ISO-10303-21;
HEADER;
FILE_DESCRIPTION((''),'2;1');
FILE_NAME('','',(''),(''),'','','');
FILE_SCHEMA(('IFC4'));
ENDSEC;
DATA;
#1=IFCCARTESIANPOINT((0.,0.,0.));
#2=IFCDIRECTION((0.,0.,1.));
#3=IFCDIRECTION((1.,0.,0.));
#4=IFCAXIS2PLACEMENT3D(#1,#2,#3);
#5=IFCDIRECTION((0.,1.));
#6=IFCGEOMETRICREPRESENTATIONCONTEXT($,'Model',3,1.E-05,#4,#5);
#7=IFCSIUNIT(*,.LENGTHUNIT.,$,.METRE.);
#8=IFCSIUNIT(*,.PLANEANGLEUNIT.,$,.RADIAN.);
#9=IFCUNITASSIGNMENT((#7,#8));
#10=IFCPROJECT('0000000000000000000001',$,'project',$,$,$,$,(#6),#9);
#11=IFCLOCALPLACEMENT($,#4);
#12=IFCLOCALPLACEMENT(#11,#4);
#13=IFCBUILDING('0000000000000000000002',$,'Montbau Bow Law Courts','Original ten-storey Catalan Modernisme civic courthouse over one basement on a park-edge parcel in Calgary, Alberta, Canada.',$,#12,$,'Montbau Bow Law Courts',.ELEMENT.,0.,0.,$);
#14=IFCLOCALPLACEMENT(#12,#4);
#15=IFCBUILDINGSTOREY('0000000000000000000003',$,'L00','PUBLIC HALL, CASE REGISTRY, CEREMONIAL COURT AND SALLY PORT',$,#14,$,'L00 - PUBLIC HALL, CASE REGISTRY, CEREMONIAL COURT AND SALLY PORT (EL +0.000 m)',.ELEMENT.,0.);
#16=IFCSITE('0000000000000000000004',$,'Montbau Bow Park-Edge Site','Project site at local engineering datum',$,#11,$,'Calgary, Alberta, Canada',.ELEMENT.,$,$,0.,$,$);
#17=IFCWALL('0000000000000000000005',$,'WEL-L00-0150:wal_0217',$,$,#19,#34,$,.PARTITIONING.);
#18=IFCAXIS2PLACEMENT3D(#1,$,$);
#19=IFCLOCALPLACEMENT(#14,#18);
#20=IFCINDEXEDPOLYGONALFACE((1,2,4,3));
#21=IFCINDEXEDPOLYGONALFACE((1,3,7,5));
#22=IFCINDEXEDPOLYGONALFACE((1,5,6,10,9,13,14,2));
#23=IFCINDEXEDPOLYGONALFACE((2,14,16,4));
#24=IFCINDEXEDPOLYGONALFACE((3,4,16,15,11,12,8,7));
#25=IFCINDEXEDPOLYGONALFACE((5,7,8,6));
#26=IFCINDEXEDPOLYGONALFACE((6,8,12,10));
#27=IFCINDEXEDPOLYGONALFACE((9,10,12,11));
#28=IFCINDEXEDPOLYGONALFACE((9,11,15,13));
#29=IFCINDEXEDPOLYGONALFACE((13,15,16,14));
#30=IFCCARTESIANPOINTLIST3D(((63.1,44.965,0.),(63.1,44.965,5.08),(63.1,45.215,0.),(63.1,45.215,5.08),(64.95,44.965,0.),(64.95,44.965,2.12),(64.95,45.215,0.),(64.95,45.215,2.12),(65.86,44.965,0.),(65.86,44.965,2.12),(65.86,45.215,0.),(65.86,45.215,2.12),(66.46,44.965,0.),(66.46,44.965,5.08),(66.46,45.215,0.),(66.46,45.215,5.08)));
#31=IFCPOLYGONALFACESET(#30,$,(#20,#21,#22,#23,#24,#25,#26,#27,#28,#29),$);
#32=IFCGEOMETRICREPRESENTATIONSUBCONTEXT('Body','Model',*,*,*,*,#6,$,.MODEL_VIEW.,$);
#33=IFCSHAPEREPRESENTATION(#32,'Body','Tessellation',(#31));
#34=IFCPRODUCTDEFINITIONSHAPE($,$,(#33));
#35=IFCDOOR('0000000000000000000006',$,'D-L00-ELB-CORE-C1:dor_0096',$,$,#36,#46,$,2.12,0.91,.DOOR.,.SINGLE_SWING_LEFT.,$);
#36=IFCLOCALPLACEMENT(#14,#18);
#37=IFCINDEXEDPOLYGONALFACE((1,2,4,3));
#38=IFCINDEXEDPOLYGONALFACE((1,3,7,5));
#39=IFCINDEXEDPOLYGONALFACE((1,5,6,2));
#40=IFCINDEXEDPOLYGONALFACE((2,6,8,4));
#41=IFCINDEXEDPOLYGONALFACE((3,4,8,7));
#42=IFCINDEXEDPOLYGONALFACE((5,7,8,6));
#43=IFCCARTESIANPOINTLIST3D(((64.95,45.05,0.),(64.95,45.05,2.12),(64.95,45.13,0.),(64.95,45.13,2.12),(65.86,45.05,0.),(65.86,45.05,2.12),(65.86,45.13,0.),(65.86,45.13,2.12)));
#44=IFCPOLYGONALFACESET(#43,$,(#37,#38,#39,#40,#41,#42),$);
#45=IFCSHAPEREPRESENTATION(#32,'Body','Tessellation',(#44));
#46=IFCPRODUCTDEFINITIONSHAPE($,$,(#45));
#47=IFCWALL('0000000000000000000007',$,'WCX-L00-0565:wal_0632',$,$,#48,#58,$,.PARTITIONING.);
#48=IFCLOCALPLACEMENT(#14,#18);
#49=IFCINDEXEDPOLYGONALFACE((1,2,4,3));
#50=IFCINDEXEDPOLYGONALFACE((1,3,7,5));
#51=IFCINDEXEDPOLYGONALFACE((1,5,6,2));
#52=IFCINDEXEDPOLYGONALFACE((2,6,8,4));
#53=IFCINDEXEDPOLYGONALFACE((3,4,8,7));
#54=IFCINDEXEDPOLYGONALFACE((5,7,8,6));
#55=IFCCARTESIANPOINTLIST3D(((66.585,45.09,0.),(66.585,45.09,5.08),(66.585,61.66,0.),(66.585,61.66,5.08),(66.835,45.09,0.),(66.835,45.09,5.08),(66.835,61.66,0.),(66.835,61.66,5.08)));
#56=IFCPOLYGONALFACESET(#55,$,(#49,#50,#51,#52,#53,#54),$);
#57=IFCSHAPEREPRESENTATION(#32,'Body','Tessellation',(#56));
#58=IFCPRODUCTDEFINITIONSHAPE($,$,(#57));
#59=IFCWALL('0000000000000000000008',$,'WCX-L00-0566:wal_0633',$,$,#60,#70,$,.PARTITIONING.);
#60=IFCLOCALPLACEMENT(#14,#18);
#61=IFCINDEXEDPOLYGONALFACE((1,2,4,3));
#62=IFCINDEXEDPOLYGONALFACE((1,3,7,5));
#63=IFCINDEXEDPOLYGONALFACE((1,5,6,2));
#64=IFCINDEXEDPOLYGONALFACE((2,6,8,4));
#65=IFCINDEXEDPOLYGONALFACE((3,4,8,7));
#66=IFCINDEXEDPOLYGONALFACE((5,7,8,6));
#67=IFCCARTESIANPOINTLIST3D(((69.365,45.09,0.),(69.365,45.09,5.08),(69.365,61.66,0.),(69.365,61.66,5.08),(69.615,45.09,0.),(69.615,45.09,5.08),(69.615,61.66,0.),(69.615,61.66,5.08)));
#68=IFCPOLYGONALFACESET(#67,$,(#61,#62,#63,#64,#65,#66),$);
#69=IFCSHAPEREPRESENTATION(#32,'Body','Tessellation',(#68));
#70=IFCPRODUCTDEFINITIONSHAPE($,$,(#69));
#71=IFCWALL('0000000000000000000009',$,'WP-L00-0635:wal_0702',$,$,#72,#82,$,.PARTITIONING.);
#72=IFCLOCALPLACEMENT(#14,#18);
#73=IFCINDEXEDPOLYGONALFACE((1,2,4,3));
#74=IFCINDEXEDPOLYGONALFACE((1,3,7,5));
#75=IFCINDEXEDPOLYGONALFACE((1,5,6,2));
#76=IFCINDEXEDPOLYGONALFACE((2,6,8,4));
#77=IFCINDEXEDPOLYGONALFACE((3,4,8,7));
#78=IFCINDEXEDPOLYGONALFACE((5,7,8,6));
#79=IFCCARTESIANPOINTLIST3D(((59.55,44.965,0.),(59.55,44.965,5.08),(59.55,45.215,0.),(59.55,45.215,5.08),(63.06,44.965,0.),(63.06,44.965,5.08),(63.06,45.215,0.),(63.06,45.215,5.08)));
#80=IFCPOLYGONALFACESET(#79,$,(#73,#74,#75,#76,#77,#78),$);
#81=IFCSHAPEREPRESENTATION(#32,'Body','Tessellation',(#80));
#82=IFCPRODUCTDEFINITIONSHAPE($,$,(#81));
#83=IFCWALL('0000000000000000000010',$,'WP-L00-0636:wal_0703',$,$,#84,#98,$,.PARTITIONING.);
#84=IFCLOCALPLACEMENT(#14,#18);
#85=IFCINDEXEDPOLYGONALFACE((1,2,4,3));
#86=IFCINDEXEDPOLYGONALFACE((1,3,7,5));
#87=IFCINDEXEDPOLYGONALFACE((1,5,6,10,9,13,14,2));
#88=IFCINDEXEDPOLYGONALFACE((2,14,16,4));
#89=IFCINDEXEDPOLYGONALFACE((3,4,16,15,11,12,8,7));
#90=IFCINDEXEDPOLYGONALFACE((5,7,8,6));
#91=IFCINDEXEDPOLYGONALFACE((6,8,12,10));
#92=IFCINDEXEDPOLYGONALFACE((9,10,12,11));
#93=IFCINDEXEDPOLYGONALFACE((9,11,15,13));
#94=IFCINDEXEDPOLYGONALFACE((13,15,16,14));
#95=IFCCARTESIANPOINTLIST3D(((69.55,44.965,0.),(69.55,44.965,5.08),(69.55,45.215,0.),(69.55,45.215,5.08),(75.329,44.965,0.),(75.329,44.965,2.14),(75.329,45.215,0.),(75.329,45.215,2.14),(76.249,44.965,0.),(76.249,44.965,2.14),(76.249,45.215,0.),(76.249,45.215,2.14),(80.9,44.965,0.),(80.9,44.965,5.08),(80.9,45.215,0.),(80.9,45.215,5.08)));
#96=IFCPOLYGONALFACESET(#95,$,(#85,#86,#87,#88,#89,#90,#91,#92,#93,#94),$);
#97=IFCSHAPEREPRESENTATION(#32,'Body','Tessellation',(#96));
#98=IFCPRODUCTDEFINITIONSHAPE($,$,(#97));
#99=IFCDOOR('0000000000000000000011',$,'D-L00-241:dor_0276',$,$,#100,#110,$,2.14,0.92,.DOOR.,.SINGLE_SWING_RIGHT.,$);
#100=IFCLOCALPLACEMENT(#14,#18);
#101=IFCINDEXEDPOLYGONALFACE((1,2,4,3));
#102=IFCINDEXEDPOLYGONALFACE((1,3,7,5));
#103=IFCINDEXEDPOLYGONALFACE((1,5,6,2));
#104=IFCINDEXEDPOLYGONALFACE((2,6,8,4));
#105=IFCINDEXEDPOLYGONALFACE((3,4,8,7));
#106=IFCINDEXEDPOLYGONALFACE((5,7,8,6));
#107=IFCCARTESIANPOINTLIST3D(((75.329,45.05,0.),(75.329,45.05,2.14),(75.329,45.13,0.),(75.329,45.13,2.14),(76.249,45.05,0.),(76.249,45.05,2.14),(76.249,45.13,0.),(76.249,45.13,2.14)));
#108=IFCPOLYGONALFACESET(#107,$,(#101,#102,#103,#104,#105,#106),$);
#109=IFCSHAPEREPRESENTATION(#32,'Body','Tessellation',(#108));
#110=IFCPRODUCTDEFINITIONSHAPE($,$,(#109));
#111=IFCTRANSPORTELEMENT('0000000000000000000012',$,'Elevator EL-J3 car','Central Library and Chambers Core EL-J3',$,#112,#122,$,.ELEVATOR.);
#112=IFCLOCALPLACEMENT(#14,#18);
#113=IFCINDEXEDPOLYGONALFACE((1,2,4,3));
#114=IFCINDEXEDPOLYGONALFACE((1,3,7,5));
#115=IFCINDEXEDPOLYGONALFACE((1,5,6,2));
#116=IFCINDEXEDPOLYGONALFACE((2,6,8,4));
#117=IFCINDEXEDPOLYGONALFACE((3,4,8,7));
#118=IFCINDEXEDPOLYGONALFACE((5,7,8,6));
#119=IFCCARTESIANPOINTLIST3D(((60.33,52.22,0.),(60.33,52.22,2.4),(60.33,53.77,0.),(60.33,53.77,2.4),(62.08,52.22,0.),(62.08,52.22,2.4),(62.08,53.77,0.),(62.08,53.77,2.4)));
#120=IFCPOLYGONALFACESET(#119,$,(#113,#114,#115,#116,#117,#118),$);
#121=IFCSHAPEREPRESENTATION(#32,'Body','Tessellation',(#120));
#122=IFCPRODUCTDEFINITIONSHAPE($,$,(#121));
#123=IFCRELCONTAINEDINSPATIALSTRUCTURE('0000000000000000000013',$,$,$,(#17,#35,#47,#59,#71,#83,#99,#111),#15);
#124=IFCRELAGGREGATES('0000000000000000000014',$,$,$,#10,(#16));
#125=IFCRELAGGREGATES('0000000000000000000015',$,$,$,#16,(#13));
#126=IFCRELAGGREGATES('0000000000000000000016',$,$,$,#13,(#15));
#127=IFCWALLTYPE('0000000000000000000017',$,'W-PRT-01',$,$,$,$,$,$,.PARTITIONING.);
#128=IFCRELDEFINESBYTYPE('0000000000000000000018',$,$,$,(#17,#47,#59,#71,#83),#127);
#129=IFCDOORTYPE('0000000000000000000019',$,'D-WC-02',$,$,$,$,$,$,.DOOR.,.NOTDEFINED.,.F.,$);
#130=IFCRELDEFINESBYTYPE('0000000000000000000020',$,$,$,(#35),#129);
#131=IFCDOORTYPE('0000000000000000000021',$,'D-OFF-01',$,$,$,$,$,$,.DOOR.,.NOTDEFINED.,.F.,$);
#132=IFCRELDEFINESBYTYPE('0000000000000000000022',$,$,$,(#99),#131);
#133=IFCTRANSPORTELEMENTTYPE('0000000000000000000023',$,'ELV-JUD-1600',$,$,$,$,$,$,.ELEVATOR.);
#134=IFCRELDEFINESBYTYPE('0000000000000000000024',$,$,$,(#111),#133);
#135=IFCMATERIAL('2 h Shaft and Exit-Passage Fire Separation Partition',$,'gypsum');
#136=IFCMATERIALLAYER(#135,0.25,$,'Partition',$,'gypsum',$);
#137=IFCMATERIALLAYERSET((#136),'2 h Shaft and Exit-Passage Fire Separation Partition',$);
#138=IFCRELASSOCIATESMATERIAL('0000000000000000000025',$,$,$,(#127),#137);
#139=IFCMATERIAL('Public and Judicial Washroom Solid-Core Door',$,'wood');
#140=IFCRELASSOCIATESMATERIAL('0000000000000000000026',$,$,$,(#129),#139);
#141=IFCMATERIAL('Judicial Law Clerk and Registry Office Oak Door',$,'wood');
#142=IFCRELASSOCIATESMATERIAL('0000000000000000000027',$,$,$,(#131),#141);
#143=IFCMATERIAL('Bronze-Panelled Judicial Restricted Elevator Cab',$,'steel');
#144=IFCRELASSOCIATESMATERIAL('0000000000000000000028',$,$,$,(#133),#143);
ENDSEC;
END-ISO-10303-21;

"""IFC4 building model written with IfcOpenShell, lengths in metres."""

from ifc_helpers import new_model, si_unit, direction, frame, frame_2d, origin_with_axes, origin_2d_with_axis, place, context, subcontext, project, spatial, rectangle, extrude, material, layer, layer_set, type_object, element, fill, save


model = new_model("IFC4")

# Units and contexts
model_context = context("Model", 3, precision=1e-05, world=origin_with_axes(), true_north=direction((0.0, 1.0)))
body_context = subcontext(model_context, "Body", "Model", "MODEL_VIEW")
ifc_project = project(units=[si_unit("LENGTHUNIT", "METRE"), si_unit("PLANEANGLEUNIT", "RADIAN")], contexts=[model_context])

# Site, building, storey
site_placement = place(None, origin_with_axes())
site = spatial("IfcSite", under=ifc_project, at=site_placement, Name="Montbau Bow Park-Edge Site", Description="Project site at local engineering datum", LongName="Calgary, Alberta, Canada", CompositionType="ELEMENT", RefElevation=0.0)
building_placement = place(site_placement, origin_with_axes())
building = spatial("IfcBuilding", under=site, at=building_placement, Name="Montbau Bow Law Courts", Description="Original ten-storey Catalan Modernisme civic courthouse over one basement on a park-edge parcel in Calgary, Alberta, Canada.", LongName="Montbau Bow Law Courts", CompositionType="ELEMENT", ElevationOfRefHeight=0.0, ElevationOfTerrain=0.0)
storey_placement = place(building_placement, origin_with_axes())
storey = spatial("IfcBuildingStorey", under=building, at=storey_placement, Name="L00", Description="PUBLIC HALL, CASE REGISTRY, CEREMONIAL COURT AND SALLY PORT", LongName="L00 - PUBLIC HALL, CASE REGISTRY, CEREMONIAL COURT AND SALLY PORT (EL +0.000 m)", CompositionType="ELEMENT", Elevation=0.0)

# Shared definitions
ifc_material_1 = material(Name="2 h Shaft and Exit-Passage Fire Separation Partition", Category="gypsum")
ifc_layer_1 = layer(ifc_material_1, 0.25, Name="Partition", Category="gypsum")
ifc_layer_set_1 = layer_set([ifc_layer_1], Name="2 h Shaft and Exit-Passage Fire Separation Partition")
wall_type_1 = type_object("IfcWallType", Name="W-PRT-01", PredefinedType="PARTITIONING", material=ifc_layer_set_1)

# Wall, opening, door
wall_1_placement = place(None, frame((63.1, 45.09, 0.0), z_axis=(0.0, 0.0, 1.0), x_axis=(1.0, 0.0, 0.0)))
wall_1 = element("IfcWall", 1, at=wall_1_placement, inside=storey, type_object=wall_type_1, Name="WEL-L00-0150:wal_0217", PredefinedType="PARTITIONING", context=body_context, shape_type="SweptSolid", body=[
    extrude(rectangle(XDim=3.36, YDim=0.25, at=frame_2d((1.68, 0.0), x_axis=(1.0, 0.0))), origin_with_axes(), (0.0, 0.0, 1.0), 5.08),
])
opening_1_placement = place(None, frame((65.405, 45.09, 0.0), z_axis=(0.0, 0.0, 1.0), x_axis=(1.0, 0.0, 0.0)))
opening_1 = element("IfcOpeningElement", 2, at=opening_1_placement, cuts=wall_1, PredefinedType="OPENING", context=body_context, shape_type="SweptSolid", body=[
    extrude(rectangle(XDim=0.91, YDim=2.12, at=frame_2d((0.0, 1.06), x_axis=(1.0, 0.0))), frame((0.0, 0.135, 0.0), z_axis=(0.0, -1.0, 0.0), x_axis=(1.0, 0.0, 0.0)), (0.0, 0.0, 1.0), 0.27),
])
ifc_material_2 = material(Name="Public and Judicial Washroom Solid-Core Door", Category="wood")
door_type_1 = type_object("IfcDoorType", Name="D-WC-02", OperationType="NOTDEFINED", ParameterTakesPrecedence=False, PredefinedType="DOOR", material=ifc_material_2)
door_1_placement = place(None, frame((65.405, 45.09, 0.0), z_axis=(0.0, 0.0, 1.0), x_axis=(1.0, 0.0, 0.0)))
door_1 = element("IfcDoor", 3, at=door_1_placement, inside=storey, type_object=door_type_1, Name="D-L00-ELB-CORE-C1:dor_0096", OperationType="SINGLE_SWING_LEFT", OverallHeight=2.12, OverallWidth=0.91, PredefinedType="DOOR", context=body_context, shape_type="SweptSolid", body=[
    extrude(rectangle(XDim=0.91, YDim=2.12, at=frame_2d((0.0, 1.06), x_axis=(1.0, 0.0))), frame((0.0, 0.04, 0.0), z_axis=(0.0, -1.0, 0.0), x_axis=(1.0, 0.0, 0.0)), (0.0, 0.0, 1.0), 0.08),
])
fill(opening_1, door_1)

# Walls
for number, where, z_axis, x_axis, name in (
    (4, (66.71, 45.09, 0.0), (0.0, 0.0, 1.0), (0.0, 1.0, 0.0), "WCX-L00-0565:wal_0632"),
    (5, (69.49, 45.09, 0.0), (0.0, 0.0, 1.0), (0.0, 1.0, 0.0), "WCX-L00-0566:wal_0633"),
):
    element("IfcWall", number, at=place(None, frame(where, z_axis=z_axis, x_axis=x_axis)), inside=storey, type_object=wall_type_1, Name=name, PredefinedType="PARTITIONING", context=body_context, shape_type="SweptSolid", body=[
        extrude(rectangle(XDim=16.57, YDim=0.25, at=frame_2d((8.285, 0.0), x_axis=(1.0, 0.0))), origin_with_axes(), (0.0, 0.0, 1.0), 5.08),
    ])
wall_2_placement = place(None, frame((59.55, 45.09, 0.0), z_axis=(0.0, 0.0, 1.0), x_axis=(1.0, 0.0, 0.0)))
element("IfcWall", 6, at=wall_2_placement, inside=storey, type_object=wall_type_1, Name="WP-L00-0635:wal_0702", PredefinedType="PARTITIONING", context=body_context, shape_type="SweptSolid", body=[
    extrude(rectangle(XDim=3.51, YDim=0.25, at=frame_2d((1.755, 0.0), x_axis=(1.0, 0.0))), origin_with_axes(), (0.0, 0.0, 1.0), 5.08),
])

# Wall, opening, door
wall_3_placement = place(None, frame((69.55, 45.09, 0.0), z_axis=(0.0, 0.0, 1.0), x_axis=(1.0, 0.0, 0.0)))
wall_3 = element("IfcWall", 7, at=wall_3_placement, inside=storey, type_object=wall_type_1, Name="WP-L00-0636:wal_0703", PredefinedType="PARTITIONING", context=body_context, shape_type="SweptSolid", body=[
    extrude(rectangle(XDim=11.35, YDim=0.25, at=frame_2d((5.675, 0.0), x_axis=(1.0, 0.0))), origin_with_axes(), (0.0, 0.0, 1.0), 5.08),
])
opening_2_placement = place(None, frame((75.789, 45.09, 0.0), z_axis=(0.0, 0.0, 1.0), x_axis=(1.0, 0.0, 0.0)))
opening_2 = element("IfcOpeningElement", 8, at=opening_2_placement, cuts=wall_3, PredefinedType="OPENING", context=body_context, shape_type="SweptSolid", body=[
    extrude(rectangle(XDim=0.92, YDim=2.14, at=frame_2d((0.0, 1.07), x_axis=(1.0, 0.0))), frame((0.0, 0.135, 0.0), z_axis=(0.0, -1.0, 0.0), x_axis=(1.0, 0.0, 0.0)), (0.0, 0.0, 1.0), 0.27),
])
ifc_material_3 = material(Name="Judicial Law Clerk and Registry Office Oak Door", Category="wood")
door_type_2 = type_object("IfcDoorType", Name="D-OFF-01", OperationType="NOTDEFINED", ParameterTakesPrecedence=False, PredefinedType="DOOR", material=ifc_material_3)
door_2_placement = place(None, frame((75.789, 45.09, 0.0), z_axis=(0.0, 0.0, 1.0), x_axis=(-1.0, 0.0, 0.0)))
door_2 = element("IfcDoor", 9, at=door_2_placement, inside=storey, type_object=door_type_2, Name="D-L00-241:dor_0276", OperationType="SINGLE_SWING_RIGHT", OverallHeight=2.14, OverallWidth=0.92, PredefinedType="DOOR", context=body_context, shape_type="SweptSolid", body=[
    extrude(rectangle(XDim=0.92, YDim=2.14, at=frame_2d((0.0, 1.07), x_axis=(1.0, 0.0))), frame((0.0, 0.04, 0.0), z_axis=(0.0, -1.0, 0.0), x_axis=(1.0, 0.0, 0.0)), (0.0, 0.0, 1.0), 0.08),
])
fill(opening_2, door_2)

# Transport element
ifc_material_4 = material(Name="Bronze-Panelled Judicial Restricted Elevator Cab", Category="steel")
transport_element_type = type_object("IfcTransportElementType", Name="ELV-JUD-1600", PredefinedType="ELEVATOR", material=ifc_material_4)
transport_element_placement = place(None, frame((61.205, 52.995, 0.0), z_axis=(0.0, 0.0, 1.0), x_axis=(1.0, 0.0, 0.0)))
element("IfcTransportElement", 10, at=transport_element_placement, inside=storey, type_object=transport_element_type, Name="Elevator EL-J3 car", Description="Central Library and Chambers Core EL-J3", PredefinedType="ELEVATOR", context=body_context, shape_type="SweptSolid", body=[
    extrude(rectangle(XDim=1.75, YDim=1.55, at=origin_2d_with_axis()), origin_with_axes(), (0.0, 0.0, 1.0), 2.4),
])

save(model, "model.ifc")
